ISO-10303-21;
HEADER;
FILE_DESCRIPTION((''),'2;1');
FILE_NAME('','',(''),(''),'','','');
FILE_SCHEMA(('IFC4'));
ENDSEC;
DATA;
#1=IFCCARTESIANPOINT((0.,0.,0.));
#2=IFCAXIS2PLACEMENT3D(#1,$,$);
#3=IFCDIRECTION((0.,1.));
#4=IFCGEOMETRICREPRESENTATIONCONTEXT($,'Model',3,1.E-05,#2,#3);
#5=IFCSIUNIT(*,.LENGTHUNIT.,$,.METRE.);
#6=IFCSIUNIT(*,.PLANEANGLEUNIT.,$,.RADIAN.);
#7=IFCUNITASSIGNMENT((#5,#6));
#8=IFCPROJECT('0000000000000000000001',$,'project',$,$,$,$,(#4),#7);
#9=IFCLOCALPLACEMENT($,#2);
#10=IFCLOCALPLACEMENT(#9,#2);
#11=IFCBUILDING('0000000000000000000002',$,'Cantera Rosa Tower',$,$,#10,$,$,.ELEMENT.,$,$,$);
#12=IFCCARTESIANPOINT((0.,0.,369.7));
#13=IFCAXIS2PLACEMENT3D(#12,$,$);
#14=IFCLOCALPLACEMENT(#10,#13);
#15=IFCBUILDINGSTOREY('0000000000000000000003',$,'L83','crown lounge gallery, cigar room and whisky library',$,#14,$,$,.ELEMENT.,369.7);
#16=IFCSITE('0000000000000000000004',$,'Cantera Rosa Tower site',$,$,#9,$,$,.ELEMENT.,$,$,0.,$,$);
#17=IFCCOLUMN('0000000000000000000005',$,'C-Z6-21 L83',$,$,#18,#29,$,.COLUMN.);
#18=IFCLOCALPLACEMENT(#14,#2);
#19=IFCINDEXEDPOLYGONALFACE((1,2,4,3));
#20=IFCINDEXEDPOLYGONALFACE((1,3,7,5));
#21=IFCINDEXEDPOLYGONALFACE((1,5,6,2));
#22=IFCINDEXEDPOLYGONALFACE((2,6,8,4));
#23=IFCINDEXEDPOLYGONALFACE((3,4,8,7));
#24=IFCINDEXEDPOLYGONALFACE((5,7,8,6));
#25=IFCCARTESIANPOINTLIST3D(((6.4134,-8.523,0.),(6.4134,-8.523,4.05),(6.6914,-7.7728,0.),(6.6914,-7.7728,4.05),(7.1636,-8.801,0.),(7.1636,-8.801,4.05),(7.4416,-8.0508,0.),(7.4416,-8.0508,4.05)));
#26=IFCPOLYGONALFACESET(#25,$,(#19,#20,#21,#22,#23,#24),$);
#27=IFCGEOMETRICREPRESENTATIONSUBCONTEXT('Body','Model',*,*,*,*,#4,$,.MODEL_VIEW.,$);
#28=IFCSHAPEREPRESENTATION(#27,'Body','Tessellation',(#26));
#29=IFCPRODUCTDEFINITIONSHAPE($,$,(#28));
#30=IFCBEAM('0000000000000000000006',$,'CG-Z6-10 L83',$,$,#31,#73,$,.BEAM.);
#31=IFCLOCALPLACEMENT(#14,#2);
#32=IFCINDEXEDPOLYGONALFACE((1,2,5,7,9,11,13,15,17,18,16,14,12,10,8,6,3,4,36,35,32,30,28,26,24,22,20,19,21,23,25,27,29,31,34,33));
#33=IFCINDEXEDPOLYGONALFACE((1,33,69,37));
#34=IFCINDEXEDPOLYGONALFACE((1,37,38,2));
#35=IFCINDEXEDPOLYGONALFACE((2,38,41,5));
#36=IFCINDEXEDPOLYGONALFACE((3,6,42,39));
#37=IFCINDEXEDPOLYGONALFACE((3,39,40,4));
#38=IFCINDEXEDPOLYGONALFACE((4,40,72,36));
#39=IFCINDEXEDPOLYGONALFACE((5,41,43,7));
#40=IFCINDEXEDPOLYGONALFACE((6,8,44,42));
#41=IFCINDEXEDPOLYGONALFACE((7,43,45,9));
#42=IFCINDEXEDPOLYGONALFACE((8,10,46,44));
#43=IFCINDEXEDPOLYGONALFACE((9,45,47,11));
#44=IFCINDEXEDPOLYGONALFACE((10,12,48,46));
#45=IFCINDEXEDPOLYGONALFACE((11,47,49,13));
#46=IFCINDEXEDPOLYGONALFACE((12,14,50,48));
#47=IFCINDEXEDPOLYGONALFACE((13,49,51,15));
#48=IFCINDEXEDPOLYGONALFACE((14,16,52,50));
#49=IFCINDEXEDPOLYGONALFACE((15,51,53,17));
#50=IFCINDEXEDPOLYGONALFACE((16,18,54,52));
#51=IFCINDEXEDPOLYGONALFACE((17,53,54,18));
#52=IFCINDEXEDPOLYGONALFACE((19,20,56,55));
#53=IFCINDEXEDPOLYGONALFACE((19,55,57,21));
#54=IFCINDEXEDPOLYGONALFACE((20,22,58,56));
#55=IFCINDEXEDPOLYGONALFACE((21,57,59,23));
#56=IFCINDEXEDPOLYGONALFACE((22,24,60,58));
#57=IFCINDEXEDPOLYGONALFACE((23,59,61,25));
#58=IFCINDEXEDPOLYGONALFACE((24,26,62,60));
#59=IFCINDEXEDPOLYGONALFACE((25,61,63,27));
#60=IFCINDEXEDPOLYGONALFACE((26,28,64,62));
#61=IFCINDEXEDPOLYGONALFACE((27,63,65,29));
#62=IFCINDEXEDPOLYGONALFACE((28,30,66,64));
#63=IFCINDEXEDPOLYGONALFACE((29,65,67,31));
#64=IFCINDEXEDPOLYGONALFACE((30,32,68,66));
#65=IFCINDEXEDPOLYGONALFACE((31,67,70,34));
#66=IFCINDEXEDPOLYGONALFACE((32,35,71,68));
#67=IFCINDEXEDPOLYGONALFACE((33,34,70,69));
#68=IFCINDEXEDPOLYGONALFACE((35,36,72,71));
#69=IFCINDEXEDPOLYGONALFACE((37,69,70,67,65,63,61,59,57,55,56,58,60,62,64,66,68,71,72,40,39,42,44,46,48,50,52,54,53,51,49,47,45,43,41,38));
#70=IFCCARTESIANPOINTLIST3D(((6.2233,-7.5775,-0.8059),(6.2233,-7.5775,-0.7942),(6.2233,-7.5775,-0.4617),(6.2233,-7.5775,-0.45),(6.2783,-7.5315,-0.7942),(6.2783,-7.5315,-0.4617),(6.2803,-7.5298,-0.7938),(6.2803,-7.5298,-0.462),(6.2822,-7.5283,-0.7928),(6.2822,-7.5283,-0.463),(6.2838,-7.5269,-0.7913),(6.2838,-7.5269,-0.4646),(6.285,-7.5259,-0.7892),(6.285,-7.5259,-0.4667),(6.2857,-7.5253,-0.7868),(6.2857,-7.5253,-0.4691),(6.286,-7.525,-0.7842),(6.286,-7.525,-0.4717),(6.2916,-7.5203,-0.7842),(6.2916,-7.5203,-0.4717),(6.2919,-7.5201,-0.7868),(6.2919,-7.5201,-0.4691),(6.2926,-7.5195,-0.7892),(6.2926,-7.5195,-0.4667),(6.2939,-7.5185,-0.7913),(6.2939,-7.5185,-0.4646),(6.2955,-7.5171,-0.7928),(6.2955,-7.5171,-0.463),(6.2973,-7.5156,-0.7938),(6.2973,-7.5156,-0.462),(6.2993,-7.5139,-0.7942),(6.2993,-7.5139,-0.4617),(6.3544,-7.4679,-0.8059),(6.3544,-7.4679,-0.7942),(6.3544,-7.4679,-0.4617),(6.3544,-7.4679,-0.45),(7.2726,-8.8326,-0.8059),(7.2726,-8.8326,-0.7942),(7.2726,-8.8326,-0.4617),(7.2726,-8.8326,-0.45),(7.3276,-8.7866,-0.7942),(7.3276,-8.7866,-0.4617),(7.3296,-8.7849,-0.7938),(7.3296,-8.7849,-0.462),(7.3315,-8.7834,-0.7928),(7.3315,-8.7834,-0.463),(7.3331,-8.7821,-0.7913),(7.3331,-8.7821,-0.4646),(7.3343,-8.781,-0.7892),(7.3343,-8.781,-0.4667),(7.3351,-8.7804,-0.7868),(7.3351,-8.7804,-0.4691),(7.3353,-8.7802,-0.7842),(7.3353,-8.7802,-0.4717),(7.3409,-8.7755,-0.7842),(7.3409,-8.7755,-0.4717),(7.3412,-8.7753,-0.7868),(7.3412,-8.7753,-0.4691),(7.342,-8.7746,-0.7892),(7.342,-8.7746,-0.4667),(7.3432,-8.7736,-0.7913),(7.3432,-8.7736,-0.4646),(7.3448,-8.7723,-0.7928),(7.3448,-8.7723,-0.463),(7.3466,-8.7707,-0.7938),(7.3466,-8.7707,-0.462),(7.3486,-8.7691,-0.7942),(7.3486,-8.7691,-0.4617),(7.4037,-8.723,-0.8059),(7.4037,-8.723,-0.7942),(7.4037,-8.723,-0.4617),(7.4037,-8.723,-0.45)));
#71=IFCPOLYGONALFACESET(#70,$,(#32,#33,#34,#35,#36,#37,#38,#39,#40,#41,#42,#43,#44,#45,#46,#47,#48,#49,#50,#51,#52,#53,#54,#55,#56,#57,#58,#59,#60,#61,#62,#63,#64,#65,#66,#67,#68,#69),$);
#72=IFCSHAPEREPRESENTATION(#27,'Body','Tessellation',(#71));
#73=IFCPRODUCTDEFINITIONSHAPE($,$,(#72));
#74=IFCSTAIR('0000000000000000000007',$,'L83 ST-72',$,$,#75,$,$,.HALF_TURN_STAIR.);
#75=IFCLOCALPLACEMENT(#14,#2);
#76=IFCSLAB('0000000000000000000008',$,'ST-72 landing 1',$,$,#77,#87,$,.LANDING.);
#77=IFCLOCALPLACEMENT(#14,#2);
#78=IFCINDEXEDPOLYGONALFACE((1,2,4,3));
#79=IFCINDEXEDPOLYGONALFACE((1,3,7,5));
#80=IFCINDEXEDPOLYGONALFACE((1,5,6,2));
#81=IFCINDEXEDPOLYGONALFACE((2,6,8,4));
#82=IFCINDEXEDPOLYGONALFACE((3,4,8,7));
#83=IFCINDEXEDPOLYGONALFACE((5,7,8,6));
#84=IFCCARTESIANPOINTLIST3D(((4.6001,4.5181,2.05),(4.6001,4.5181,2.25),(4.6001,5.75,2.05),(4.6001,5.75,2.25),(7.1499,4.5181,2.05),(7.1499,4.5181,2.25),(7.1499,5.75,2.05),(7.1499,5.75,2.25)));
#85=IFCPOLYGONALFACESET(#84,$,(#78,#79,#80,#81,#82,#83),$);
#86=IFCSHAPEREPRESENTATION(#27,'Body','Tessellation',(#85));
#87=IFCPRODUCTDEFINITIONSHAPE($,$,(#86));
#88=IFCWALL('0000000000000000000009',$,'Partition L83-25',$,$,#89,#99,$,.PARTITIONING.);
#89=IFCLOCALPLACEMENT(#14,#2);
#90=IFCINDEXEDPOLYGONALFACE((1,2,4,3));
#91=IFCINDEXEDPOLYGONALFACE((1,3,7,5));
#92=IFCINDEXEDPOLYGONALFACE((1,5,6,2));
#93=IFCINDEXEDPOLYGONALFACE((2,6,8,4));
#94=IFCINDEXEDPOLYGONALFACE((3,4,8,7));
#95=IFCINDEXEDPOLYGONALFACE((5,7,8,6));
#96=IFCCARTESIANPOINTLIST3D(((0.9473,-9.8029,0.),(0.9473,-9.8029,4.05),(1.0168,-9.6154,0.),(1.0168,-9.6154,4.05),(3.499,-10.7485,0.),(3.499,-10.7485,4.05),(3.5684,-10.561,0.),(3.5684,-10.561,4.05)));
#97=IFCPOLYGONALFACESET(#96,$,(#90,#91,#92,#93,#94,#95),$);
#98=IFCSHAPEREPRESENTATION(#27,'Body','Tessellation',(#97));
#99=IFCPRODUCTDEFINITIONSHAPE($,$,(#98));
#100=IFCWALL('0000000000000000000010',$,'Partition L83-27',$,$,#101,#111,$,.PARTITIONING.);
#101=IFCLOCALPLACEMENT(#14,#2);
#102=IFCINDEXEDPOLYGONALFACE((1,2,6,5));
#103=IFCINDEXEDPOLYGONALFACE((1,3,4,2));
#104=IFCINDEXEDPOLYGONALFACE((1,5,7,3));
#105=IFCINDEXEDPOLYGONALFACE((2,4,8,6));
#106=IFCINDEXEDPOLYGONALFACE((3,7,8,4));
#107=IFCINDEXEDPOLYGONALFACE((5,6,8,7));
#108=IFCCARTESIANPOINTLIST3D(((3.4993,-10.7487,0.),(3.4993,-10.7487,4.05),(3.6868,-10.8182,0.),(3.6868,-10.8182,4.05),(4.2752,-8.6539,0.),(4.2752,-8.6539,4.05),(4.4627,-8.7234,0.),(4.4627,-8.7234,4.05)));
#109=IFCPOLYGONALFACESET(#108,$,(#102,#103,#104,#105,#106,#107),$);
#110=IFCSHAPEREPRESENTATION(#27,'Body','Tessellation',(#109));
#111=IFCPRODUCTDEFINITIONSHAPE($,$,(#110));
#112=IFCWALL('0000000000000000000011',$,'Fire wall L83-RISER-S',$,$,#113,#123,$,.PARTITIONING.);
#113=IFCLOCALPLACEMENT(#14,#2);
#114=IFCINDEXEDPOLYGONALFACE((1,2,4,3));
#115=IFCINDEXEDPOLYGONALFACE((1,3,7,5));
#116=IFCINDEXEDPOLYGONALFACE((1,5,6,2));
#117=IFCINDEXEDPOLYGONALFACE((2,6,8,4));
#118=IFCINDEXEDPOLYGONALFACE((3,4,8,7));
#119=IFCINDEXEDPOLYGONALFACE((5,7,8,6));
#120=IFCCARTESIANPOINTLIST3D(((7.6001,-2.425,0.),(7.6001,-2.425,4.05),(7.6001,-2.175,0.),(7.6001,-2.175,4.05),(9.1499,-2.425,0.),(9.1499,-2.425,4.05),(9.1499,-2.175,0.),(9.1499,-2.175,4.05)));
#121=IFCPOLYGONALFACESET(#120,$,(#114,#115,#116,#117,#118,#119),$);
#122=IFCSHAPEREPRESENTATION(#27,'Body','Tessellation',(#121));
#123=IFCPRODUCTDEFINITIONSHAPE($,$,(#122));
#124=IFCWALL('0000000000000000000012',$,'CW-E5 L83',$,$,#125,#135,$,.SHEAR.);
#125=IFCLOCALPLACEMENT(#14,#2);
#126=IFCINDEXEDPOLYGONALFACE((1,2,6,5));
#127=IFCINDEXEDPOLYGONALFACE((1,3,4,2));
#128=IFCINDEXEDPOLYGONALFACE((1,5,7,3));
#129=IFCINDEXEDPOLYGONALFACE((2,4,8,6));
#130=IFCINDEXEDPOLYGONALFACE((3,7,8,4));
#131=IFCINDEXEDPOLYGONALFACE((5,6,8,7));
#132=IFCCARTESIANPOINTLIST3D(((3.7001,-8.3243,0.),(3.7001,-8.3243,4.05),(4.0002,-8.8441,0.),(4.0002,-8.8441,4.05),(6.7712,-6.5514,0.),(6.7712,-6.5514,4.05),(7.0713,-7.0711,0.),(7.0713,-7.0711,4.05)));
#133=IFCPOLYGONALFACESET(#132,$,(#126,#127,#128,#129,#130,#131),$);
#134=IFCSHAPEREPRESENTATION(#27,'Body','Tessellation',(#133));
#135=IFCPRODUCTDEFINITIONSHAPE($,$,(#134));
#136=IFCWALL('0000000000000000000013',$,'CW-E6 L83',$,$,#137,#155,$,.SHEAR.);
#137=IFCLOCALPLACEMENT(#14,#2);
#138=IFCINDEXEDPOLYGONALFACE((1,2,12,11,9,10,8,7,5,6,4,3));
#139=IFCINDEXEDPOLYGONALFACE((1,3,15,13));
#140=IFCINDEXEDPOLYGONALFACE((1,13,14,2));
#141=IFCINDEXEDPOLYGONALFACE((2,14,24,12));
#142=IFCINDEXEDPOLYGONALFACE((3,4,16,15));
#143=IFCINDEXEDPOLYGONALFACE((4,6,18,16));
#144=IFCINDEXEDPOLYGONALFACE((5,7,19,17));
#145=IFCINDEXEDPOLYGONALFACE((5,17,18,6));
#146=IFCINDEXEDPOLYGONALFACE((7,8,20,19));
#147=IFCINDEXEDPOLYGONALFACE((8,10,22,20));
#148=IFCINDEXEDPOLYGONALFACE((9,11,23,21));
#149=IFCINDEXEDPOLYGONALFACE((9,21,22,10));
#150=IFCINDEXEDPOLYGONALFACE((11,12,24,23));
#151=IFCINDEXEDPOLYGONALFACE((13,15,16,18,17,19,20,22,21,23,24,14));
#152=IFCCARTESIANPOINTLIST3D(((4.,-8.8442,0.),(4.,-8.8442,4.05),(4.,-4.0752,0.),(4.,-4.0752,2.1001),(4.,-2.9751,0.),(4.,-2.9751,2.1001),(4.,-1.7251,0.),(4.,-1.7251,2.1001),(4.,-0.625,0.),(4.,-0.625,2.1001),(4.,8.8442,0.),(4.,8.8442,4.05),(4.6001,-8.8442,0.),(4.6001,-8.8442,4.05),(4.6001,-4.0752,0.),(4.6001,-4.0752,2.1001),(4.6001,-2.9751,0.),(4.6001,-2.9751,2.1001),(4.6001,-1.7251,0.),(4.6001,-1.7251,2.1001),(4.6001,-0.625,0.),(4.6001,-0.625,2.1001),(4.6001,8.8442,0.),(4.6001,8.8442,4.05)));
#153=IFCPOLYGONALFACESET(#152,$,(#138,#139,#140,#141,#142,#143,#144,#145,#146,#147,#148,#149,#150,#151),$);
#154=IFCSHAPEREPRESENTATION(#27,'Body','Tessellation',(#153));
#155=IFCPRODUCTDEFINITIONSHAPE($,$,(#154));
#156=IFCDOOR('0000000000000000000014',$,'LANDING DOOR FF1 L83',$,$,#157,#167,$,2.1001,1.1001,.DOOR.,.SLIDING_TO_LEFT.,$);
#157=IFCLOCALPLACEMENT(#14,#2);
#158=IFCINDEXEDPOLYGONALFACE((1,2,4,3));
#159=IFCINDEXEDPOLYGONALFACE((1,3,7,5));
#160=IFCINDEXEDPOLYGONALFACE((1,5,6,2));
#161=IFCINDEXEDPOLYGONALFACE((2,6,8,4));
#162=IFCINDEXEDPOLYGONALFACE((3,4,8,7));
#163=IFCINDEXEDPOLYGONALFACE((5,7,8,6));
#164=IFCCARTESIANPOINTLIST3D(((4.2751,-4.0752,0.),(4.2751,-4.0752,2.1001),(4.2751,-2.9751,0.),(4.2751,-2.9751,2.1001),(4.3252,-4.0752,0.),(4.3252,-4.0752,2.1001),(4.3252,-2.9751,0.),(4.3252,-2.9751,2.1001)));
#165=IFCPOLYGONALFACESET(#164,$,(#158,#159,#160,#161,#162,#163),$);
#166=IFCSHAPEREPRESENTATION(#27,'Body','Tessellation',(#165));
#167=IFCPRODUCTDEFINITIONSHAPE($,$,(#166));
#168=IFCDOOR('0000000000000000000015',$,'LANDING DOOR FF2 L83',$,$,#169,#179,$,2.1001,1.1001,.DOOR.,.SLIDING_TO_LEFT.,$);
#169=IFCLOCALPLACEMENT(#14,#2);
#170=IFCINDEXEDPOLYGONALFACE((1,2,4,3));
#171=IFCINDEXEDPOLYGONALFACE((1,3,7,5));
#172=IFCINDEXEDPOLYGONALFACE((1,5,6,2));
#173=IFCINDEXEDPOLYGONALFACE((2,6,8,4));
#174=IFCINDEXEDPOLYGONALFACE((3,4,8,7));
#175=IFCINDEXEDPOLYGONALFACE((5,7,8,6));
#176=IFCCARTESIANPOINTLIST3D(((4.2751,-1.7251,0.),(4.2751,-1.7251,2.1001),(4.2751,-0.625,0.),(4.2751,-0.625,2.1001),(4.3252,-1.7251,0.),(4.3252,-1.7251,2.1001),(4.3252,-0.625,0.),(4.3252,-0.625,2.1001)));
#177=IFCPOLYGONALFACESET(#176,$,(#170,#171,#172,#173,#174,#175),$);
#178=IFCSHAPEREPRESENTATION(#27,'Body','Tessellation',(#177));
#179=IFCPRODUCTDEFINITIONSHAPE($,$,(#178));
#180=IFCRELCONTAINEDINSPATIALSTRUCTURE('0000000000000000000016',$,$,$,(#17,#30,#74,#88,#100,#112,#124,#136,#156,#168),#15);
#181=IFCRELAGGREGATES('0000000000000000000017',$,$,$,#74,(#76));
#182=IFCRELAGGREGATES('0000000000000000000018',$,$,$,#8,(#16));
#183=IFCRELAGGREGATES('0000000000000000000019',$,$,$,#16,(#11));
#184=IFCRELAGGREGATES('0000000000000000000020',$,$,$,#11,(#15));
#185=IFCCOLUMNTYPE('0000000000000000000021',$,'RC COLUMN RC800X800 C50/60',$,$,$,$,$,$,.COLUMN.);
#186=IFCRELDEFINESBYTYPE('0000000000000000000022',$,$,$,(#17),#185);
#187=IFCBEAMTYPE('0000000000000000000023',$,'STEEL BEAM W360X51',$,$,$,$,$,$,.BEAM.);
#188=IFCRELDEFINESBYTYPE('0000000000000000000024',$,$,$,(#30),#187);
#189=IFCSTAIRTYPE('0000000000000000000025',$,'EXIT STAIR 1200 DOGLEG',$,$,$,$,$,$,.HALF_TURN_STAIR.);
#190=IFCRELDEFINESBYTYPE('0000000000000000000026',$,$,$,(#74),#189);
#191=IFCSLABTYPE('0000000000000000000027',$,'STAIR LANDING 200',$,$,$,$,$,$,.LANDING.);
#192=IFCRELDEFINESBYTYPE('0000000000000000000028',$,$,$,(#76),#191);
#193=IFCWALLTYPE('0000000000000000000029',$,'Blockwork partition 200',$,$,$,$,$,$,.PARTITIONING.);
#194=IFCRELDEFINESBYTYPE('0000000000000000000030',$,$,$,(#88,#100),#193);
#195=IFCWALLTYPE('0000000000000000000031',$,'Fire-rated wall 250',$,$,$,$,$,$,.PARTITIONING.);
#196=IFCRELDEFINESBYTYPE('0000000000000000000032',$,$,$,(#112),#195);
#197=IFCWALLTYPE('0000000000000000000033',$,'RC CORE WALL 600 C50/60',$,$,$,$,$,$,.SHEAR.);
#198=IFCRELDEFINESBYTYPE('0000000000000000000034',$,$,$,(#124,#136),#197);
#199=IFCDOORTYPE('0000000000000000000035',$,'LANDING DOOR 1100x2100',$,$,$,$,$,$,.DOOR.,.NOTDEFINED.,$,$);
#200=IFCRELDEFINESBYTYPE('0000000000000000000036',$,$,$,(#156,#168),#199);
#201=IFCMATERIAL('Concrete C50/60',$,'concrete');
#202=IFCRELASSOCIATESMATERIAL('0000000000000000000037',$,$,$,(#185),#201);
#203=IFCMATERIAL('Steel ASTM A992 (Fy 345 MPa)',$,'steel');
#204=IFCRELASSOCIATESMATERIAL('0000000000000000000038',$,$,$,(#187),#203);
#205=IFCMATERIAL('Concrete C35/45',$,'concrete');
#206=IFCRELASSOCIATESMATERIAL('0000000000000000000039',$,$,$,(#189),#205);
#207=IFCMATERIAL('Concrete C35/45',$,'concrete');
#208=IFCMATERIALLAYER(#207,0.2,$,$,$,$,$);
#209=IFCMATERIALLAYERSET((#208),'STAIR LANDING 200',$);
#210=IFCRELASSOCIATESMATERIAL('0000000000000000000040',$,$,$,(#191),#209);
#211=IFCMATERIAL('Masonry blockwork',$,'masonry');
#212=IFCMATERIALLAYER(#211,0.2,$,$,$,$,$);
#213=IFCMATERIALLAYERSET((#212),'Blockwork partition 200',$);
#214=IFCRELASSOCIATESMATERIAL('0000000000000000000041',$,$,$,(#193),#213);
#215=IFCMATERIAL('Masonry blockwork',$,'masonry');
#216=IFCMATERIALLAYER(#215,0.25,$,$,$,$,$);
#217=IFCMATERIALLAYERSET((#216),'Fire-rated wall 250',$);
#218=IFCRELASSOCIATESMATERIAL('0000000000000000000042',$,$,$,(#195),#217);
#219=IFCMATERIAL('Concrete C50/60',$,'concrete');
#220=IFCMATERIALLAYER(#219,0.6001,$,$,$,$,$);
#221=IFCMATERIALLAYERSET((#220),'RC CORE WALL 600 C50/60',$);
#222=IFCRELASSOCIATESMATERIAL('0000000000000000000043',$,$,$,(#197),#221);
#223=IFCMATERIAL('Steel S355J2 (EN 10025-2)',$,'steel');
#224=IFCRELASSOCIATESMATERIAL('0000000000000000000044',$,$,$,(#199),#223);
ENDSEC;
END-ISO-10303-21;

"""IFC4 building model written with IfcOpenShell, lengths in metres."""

from ifc_helpers import new_model, si_unit, direction, frame, frame_2d, origin, origin_2d, place, context, subcontext, project, spatial, polyline, rectangle, i_section, outline, extrude, material, layer, layer_set, material_profile, profile_set, type_object, element, fill, aggregate, save


model = new_model("IFC4")

# Units and contexts
model_context = context("Model", 3, precision=1e-05, world=origin(), true_north=direction((0.0, 1.0)))
body_context = subcontext(model_context, "Body", "Model", "MODEL_VIEW")
ifc_project = project(units=[si_unit("LENGTHUNIT", "METRE"), si_unit("PLANEANGLEUNIT", "RADIAN")], contexts=[model_context])

# Site, building, storey
site_placement = place(None, origin())
site = spatial("IfcSite", under=ifc_project, at=site_placement, Name="Cantera Rosa Tower site", CompositionType="ELEMENT", RefElevation=0.0)
building_placement = place(site_placement, origin())
building = spatial("IfcBuilding", under=site, at=building_placement, Name="Cantera Rosa Tower", CompositionType="ELEMENT")
storey_placement = place(building_placement, frame((0.0, 0.0, 369.7)))
storey = spatial("IfcBuildingStorey", under=building, at=storey_placement, Name="L83", Description="crown lounge gallery, cigar room and whisky library", CompositionType="ELEMENT", Elevation=369.7)

# Column
ifc_material_1 = material(Name="Concrete C50/60", Category="concrete")
ifc_material_profile_1 = material_profile(ifc_material_1, rectangle(XDim=0.8, YDim=0.8, at=origin_2d()), Name="RC COLUMN RC800X800 C50/60")
ifc_profile_set_1 = profile_set([ifc_material_profile_1], Name="Concrete C50/60")
column_type = type_object("IfcColumnType", Name="RC COLUMN RC800X800 C50/60", PredefinedType="COLUMN", material=ifc_profile_set_1)
column_placement = place(storey_placement, frame((6.9275, -8.2869, 0.0), z_axis=(0.0, 0.0, 1.0), x_axis=(0.347481, 0.937687, 0.0)))
element("IfcColumn", 1, at=column_placement, inside=storey, type_object=column_type, Name="C-Z6-21 L83", PredefinedType="COLUMN", context=body_context, shape_type="SweptSolid", body=[
    extrude(rectangle(XDim=0.8, YDim=0.8, at=origin_2d()), origin(), (0.0, 0.0, 1.0), 4.05),
])

# Beam
ifc_material_2 = material(Name="Steel ASTM A992 (Fy 345 MPa)", Category="steel")
ifc_material_profile_2 = material_profile(ifc_material_2, i_section(OverallWidth=0.1709, OverallDepth=0.356, WebThickness=0.0073, FlangeThickness=0.0117, FilletRadius=0.01, at=origin_2d()), Name="W360X51")
ifc_profile_set_2 = profile_set([ifc_material_profile_2], Name="Steel ASTM A992 (Fy 345 MPa)")
beam_type = type_object("IfcBeamType", Name="STEEL BEAM W360X51", PredefinedType="BEAM", material=ifc_profile_set_2)
beam_placement = place(storey_placement, frame((7.3381, -8.7778, -0.6279), z_axis=(-0.641402, 0.767205, 0.0), x_axis=(-0.767205, -0.641402, 0.0)))
element("IfcBeam", 2, at=beam_placement, inside=storey, type_object=beam_type, Name="CG-Z6-10 L83", PredefinedType="BEAM", context=body_context, shape_type="SweptSolid", body=[
    extrude(i_section(OverallWidth=0.1709, OverallDepth=0.356, WebThickness=0.0073, FlangeThickness=0.0117, FilletRadius=0.01, at=origin_2d()), origin(), (0.0, 0.0, 1.0), 1.636),
])

# Stair, slab
ifc_material_3 = material(Name="Concrete C35/45", Category="concrete")
stair_type = type_object("IfcStairType", Name="EXIT STAIR 1200 DOGLEG", PredefinedType="HALF_TURN_STAIR", material=ifc_material_3)
stair_placement = place(storey_placement, origin())
stair = element("IfcStair", 3, at=stair_placement, inside=storey, type_object=stair_type, Name="L83 ST-72", PredefinedType="HALF_TURN_STAIR")
ifc_material_4 = material(Name="Concrete C35/45", Category="concrete")
ifc_layer_1 = layer(ifc_material_4, 0.2)
ifc_layer_set_1 = layer_set([ifc_layer_1], Name="STAIR LANDING 200")
slab_type = type_object("IfcSlabType", Name="STAIR LANDING 200", PredefinedType="LANDING", material=ifc_layer_set_1)
slab_placement = place(storey_placement, frame((0.0, 0.0, 2.05)))
slab = element("IfcSlab", 4, at=slab_placement, type_object=slab_type, Name="ST-72 landing 1", PredefinedType="LANDING", context=body_context, shape_type="SweptSolid", body=[
    extrude(outline(polyline([(7.1499, 4.5181), (7.1499, 5.75), (4.6001, 5.75), (4.6001, 4.5181), (7.1499, 4.5181)])), origin(), (0.0, 0.0, 1.0), 0.2),
])
aggregate(stair, [slab])

# Walls
ifc_material_5 = material(Name="Masonry blockwork", Category="masonry")
ifc_layer_2 = layer(ifc_material_5, 0.2)
ifc_layer_set_2 = layer_set([ifc_layer_2], Name="Blockwork partition 200")
wall_type_1 = type_object("IfcWallType", Name="Blockwork partition 200", PredefinedType="PARTITIONING", material=ifc_layer_set_2)
wall_1_placement = place(storey_placement, frame((3.5337, -10.6548, 0.0), z_axis=(0.0, 0.0, 1.0), x_axis=(-0.937683, 0.347493, 0.0)))
element("IfcWall", 5, at=wall_1_placement, inside=storey, type_object=wall_type_1, Name="Partition L83-25", PredefinedType="PARTITIONING", context=body_context, shape_type="SweptSolid", body=[
    extrude(rectangle(XDim=2.7212, YDim=0.2, at=frame_2d((1.3606, 0.0))), origin(), (0.0, 0.0, 1.0), 4.05),
])
wall_2_placement = place(storey_placement, frame((3.593, -10.7834, 0.0), z_axis=(0.0, 0.0, 1.0), x_axis=(0.347336, 0.937741, 0.0)))
element("IfcWall", 6, at=wall_2_placement, inside=storey, type_object=wall_type_1, Name="Partition L83-27", PredefinedType="PARTITIONING", context=body_context, shape_type="SweptSolid", body=[
    extrude(rectangle(XDim=2.2339, YDim=0.2, at=frame_2d((1.1169, 0.0))), origin(), (0.0, 0.0, 1.0), 4.05),
])
ifc_material_6 = material(Name="Masonry blockwork", Category="masonry")
ifc_layer_3 = layer(ifc_material_6, 0.25)
ifc_layer_set_3 = layer_set([ifc_layer_3], Name="Fire-rated wall 250")
wall_type_2 = type_object("IfcWallType", Name="Fire-rated wall 250", PredefinedType="PARTITIONING", material=ifc_layer_set_3)
wall_3_placement = place(storey_placement, frame((7.6001, -2.3, 0.0), z_axis=(0.0, 0.0, 1.0), x_axis=(1.0, 0.0, 0.0)))
element("IfcWall", 7, at=wall_3_placement, inside=storey, type_object=wall_type_2, Name="Fire wall L83-RISER-S", PredefinedType="PARTITIONING", context=body_context, shape_type="SweptSolid", body=[
    extrude(rectangle(XDim=1.5498, YDim=0.25, at=frame_2d((0.7749, 0.0))), origin(), (0.0, 0.0, 1.0), 4.05),
])
ifc_material_7 = material(Name="Concrete C50/60", Category="concrete")
ifc_layer_4 = layer(ifc_material_7, 0.6001)
ifc_layer_set_4 = layer_set([ifc_layer_4], Name="RC CORE WALL 600 C50/60")
wall_type_3 = type_object("IfcWallType", Name="RC CORE WALL 600 C50/60", PredefinedType="SHEAR", material=ifc_layer_set_4)
wall_4_placement = place(storey_placement, frame((6.9211, -6.8113, 0.0), z_axis=(0.0, 0.0, 1.0), x_axis=(-0.86604, -0.499975, 0.0)))
element("IfcWall", 8, at=wall_4_placement, inside=storey, type_object=wall_type_3, Name="CW-E5 L83", PredefinedType="SHEAR", context=body_context, shape_type="SweptSolid", body=[
    extrude(rectangle(XDim=3.5461, YDim=0.6001, at=frame_2d((1.7729, 0.0))), origin(), (0.0, 0.0, 1.0), 4.05),
])

# Wall, openings, doors
wall_5_placement = place(storey_placement, frame((4.3, -8.8442, 0.0), z_axis=(0.0, 0.0, 1.0), x_axis=(0.0, 1.0, 0.0)))
wall_5 = element("IfcWall", 9, at=wall_5_placement, inside=storey, type_object=wall_type_3, Name="CW-E6 L83", PredefinedType="SHEAR", context=body_context, shape_type="SweptSolid", body=[
    extrude(rectangle(XDim=17.6885, YDim=0.6001, at=frame_2d((8.8442, 0.0))), origin(), (0.0, 0.0, 1.0), 4.05),
])
opening_1_placement = place(wall_5_placement, frame((4.769, 0.0, 0.0)))
opening_1 = element("IfcOpeningElement", 10, at=opening_1_placement, cuts=wall_5, PredefinedType="OPENING", context=body_context, shape_type="SweptSolid", body=[
    extrude(rectangle(XDim=1.1001, YDim=2.1001, at=frame_2d((0.55, 1.05))), frame((0.0, 0.3101, 0.0), z_axis=(0.0, -1.0, 0.0), x_axis=(1.0, 0.0, 0.0)), (0.0, 0.0, 1.0), 0.6201),
])
opening_2_placement = place(wall_5_placement, frame((7.1191, 0.0, 0.0)))
opening_2 = element("IfcOpeningElement", 11, at=opening_2_placement, cuts=wall_5, PredefinedType="OPENING", context=body_context, shape_type="SweptSolid", body=[
    extrude(rectangle(XDim=1.1001, YDim=2.1001, at=frame_2d((0.55, 1.05))), frame((0.0, 0.3101, 0.0), z_axis=(0.0, -1.0, 0.0), x_axis=(1.0, 0.0, 0.0)), (0.0, 0.0, 1.0), 0.6201),
])
ifc_material_8 = material(Name="Steel S355J2 (EN 10025-2)", Category="steel")
door_type = type_object("IfcDoorType", Name="LANDING DOOR 1100x2100", OperationType="NOTDEFINED", PredefinedType="DOOR", material=ifc_material_8)
door_1_placement = place(opening_1_placement, origin())
door_1 = element("IfcDoor", 12, at=door_1_placement, inside=storey, type_object=door_type, Name="LANDING DOOR FF1 L83", OperationType="SLIDING_TO_LEFT", OverallHeight=2.1001, OverallWidth=1.1001, PredefinedType="DOOR", context=body_context, shape_type="SweptSolid", body=[
    extrude(rectangle(XDim=1.1001, YDim=2.1001, at=frame_2d((0.55, 1.05))), frame((0.0, 0.0249, 0.0), z_axis=(0.0, -1.0, 0.0), x_axis=(1.0, 0.0, 0.0)), (0.0, 0.0, 1.0), 0.05),
])
fill(opening_1, door_1)
door_2_placement = place(opening_2_placement, origin())
door_2 = element("IfcDoor", 13, at=door_2_placement, inside=storey, type_object=door_type, Name="LANDING DOOR FF2 L83", OperationType="SLIDING_TO_LEFT", OverallHeight=2.1001, OverallWidth=1.1001, PredefinedType="DOOR", context=body_context, shape_type="SweptSolid", body=[
    extrude(rectangle(XDim=1.1001, YDim=2.1001, at=frame_2d((0.55, 1.05))), frame((0.0, 0.0249, 0.0), z_axis=(0.0, -1.0, 0.0), x_axis=(1.0, 0.0, 0.0)), (0.0, 0.0, 1.0), 0.05),
])
fill(opening_2, door_2)

save(model, "model.ifc")
